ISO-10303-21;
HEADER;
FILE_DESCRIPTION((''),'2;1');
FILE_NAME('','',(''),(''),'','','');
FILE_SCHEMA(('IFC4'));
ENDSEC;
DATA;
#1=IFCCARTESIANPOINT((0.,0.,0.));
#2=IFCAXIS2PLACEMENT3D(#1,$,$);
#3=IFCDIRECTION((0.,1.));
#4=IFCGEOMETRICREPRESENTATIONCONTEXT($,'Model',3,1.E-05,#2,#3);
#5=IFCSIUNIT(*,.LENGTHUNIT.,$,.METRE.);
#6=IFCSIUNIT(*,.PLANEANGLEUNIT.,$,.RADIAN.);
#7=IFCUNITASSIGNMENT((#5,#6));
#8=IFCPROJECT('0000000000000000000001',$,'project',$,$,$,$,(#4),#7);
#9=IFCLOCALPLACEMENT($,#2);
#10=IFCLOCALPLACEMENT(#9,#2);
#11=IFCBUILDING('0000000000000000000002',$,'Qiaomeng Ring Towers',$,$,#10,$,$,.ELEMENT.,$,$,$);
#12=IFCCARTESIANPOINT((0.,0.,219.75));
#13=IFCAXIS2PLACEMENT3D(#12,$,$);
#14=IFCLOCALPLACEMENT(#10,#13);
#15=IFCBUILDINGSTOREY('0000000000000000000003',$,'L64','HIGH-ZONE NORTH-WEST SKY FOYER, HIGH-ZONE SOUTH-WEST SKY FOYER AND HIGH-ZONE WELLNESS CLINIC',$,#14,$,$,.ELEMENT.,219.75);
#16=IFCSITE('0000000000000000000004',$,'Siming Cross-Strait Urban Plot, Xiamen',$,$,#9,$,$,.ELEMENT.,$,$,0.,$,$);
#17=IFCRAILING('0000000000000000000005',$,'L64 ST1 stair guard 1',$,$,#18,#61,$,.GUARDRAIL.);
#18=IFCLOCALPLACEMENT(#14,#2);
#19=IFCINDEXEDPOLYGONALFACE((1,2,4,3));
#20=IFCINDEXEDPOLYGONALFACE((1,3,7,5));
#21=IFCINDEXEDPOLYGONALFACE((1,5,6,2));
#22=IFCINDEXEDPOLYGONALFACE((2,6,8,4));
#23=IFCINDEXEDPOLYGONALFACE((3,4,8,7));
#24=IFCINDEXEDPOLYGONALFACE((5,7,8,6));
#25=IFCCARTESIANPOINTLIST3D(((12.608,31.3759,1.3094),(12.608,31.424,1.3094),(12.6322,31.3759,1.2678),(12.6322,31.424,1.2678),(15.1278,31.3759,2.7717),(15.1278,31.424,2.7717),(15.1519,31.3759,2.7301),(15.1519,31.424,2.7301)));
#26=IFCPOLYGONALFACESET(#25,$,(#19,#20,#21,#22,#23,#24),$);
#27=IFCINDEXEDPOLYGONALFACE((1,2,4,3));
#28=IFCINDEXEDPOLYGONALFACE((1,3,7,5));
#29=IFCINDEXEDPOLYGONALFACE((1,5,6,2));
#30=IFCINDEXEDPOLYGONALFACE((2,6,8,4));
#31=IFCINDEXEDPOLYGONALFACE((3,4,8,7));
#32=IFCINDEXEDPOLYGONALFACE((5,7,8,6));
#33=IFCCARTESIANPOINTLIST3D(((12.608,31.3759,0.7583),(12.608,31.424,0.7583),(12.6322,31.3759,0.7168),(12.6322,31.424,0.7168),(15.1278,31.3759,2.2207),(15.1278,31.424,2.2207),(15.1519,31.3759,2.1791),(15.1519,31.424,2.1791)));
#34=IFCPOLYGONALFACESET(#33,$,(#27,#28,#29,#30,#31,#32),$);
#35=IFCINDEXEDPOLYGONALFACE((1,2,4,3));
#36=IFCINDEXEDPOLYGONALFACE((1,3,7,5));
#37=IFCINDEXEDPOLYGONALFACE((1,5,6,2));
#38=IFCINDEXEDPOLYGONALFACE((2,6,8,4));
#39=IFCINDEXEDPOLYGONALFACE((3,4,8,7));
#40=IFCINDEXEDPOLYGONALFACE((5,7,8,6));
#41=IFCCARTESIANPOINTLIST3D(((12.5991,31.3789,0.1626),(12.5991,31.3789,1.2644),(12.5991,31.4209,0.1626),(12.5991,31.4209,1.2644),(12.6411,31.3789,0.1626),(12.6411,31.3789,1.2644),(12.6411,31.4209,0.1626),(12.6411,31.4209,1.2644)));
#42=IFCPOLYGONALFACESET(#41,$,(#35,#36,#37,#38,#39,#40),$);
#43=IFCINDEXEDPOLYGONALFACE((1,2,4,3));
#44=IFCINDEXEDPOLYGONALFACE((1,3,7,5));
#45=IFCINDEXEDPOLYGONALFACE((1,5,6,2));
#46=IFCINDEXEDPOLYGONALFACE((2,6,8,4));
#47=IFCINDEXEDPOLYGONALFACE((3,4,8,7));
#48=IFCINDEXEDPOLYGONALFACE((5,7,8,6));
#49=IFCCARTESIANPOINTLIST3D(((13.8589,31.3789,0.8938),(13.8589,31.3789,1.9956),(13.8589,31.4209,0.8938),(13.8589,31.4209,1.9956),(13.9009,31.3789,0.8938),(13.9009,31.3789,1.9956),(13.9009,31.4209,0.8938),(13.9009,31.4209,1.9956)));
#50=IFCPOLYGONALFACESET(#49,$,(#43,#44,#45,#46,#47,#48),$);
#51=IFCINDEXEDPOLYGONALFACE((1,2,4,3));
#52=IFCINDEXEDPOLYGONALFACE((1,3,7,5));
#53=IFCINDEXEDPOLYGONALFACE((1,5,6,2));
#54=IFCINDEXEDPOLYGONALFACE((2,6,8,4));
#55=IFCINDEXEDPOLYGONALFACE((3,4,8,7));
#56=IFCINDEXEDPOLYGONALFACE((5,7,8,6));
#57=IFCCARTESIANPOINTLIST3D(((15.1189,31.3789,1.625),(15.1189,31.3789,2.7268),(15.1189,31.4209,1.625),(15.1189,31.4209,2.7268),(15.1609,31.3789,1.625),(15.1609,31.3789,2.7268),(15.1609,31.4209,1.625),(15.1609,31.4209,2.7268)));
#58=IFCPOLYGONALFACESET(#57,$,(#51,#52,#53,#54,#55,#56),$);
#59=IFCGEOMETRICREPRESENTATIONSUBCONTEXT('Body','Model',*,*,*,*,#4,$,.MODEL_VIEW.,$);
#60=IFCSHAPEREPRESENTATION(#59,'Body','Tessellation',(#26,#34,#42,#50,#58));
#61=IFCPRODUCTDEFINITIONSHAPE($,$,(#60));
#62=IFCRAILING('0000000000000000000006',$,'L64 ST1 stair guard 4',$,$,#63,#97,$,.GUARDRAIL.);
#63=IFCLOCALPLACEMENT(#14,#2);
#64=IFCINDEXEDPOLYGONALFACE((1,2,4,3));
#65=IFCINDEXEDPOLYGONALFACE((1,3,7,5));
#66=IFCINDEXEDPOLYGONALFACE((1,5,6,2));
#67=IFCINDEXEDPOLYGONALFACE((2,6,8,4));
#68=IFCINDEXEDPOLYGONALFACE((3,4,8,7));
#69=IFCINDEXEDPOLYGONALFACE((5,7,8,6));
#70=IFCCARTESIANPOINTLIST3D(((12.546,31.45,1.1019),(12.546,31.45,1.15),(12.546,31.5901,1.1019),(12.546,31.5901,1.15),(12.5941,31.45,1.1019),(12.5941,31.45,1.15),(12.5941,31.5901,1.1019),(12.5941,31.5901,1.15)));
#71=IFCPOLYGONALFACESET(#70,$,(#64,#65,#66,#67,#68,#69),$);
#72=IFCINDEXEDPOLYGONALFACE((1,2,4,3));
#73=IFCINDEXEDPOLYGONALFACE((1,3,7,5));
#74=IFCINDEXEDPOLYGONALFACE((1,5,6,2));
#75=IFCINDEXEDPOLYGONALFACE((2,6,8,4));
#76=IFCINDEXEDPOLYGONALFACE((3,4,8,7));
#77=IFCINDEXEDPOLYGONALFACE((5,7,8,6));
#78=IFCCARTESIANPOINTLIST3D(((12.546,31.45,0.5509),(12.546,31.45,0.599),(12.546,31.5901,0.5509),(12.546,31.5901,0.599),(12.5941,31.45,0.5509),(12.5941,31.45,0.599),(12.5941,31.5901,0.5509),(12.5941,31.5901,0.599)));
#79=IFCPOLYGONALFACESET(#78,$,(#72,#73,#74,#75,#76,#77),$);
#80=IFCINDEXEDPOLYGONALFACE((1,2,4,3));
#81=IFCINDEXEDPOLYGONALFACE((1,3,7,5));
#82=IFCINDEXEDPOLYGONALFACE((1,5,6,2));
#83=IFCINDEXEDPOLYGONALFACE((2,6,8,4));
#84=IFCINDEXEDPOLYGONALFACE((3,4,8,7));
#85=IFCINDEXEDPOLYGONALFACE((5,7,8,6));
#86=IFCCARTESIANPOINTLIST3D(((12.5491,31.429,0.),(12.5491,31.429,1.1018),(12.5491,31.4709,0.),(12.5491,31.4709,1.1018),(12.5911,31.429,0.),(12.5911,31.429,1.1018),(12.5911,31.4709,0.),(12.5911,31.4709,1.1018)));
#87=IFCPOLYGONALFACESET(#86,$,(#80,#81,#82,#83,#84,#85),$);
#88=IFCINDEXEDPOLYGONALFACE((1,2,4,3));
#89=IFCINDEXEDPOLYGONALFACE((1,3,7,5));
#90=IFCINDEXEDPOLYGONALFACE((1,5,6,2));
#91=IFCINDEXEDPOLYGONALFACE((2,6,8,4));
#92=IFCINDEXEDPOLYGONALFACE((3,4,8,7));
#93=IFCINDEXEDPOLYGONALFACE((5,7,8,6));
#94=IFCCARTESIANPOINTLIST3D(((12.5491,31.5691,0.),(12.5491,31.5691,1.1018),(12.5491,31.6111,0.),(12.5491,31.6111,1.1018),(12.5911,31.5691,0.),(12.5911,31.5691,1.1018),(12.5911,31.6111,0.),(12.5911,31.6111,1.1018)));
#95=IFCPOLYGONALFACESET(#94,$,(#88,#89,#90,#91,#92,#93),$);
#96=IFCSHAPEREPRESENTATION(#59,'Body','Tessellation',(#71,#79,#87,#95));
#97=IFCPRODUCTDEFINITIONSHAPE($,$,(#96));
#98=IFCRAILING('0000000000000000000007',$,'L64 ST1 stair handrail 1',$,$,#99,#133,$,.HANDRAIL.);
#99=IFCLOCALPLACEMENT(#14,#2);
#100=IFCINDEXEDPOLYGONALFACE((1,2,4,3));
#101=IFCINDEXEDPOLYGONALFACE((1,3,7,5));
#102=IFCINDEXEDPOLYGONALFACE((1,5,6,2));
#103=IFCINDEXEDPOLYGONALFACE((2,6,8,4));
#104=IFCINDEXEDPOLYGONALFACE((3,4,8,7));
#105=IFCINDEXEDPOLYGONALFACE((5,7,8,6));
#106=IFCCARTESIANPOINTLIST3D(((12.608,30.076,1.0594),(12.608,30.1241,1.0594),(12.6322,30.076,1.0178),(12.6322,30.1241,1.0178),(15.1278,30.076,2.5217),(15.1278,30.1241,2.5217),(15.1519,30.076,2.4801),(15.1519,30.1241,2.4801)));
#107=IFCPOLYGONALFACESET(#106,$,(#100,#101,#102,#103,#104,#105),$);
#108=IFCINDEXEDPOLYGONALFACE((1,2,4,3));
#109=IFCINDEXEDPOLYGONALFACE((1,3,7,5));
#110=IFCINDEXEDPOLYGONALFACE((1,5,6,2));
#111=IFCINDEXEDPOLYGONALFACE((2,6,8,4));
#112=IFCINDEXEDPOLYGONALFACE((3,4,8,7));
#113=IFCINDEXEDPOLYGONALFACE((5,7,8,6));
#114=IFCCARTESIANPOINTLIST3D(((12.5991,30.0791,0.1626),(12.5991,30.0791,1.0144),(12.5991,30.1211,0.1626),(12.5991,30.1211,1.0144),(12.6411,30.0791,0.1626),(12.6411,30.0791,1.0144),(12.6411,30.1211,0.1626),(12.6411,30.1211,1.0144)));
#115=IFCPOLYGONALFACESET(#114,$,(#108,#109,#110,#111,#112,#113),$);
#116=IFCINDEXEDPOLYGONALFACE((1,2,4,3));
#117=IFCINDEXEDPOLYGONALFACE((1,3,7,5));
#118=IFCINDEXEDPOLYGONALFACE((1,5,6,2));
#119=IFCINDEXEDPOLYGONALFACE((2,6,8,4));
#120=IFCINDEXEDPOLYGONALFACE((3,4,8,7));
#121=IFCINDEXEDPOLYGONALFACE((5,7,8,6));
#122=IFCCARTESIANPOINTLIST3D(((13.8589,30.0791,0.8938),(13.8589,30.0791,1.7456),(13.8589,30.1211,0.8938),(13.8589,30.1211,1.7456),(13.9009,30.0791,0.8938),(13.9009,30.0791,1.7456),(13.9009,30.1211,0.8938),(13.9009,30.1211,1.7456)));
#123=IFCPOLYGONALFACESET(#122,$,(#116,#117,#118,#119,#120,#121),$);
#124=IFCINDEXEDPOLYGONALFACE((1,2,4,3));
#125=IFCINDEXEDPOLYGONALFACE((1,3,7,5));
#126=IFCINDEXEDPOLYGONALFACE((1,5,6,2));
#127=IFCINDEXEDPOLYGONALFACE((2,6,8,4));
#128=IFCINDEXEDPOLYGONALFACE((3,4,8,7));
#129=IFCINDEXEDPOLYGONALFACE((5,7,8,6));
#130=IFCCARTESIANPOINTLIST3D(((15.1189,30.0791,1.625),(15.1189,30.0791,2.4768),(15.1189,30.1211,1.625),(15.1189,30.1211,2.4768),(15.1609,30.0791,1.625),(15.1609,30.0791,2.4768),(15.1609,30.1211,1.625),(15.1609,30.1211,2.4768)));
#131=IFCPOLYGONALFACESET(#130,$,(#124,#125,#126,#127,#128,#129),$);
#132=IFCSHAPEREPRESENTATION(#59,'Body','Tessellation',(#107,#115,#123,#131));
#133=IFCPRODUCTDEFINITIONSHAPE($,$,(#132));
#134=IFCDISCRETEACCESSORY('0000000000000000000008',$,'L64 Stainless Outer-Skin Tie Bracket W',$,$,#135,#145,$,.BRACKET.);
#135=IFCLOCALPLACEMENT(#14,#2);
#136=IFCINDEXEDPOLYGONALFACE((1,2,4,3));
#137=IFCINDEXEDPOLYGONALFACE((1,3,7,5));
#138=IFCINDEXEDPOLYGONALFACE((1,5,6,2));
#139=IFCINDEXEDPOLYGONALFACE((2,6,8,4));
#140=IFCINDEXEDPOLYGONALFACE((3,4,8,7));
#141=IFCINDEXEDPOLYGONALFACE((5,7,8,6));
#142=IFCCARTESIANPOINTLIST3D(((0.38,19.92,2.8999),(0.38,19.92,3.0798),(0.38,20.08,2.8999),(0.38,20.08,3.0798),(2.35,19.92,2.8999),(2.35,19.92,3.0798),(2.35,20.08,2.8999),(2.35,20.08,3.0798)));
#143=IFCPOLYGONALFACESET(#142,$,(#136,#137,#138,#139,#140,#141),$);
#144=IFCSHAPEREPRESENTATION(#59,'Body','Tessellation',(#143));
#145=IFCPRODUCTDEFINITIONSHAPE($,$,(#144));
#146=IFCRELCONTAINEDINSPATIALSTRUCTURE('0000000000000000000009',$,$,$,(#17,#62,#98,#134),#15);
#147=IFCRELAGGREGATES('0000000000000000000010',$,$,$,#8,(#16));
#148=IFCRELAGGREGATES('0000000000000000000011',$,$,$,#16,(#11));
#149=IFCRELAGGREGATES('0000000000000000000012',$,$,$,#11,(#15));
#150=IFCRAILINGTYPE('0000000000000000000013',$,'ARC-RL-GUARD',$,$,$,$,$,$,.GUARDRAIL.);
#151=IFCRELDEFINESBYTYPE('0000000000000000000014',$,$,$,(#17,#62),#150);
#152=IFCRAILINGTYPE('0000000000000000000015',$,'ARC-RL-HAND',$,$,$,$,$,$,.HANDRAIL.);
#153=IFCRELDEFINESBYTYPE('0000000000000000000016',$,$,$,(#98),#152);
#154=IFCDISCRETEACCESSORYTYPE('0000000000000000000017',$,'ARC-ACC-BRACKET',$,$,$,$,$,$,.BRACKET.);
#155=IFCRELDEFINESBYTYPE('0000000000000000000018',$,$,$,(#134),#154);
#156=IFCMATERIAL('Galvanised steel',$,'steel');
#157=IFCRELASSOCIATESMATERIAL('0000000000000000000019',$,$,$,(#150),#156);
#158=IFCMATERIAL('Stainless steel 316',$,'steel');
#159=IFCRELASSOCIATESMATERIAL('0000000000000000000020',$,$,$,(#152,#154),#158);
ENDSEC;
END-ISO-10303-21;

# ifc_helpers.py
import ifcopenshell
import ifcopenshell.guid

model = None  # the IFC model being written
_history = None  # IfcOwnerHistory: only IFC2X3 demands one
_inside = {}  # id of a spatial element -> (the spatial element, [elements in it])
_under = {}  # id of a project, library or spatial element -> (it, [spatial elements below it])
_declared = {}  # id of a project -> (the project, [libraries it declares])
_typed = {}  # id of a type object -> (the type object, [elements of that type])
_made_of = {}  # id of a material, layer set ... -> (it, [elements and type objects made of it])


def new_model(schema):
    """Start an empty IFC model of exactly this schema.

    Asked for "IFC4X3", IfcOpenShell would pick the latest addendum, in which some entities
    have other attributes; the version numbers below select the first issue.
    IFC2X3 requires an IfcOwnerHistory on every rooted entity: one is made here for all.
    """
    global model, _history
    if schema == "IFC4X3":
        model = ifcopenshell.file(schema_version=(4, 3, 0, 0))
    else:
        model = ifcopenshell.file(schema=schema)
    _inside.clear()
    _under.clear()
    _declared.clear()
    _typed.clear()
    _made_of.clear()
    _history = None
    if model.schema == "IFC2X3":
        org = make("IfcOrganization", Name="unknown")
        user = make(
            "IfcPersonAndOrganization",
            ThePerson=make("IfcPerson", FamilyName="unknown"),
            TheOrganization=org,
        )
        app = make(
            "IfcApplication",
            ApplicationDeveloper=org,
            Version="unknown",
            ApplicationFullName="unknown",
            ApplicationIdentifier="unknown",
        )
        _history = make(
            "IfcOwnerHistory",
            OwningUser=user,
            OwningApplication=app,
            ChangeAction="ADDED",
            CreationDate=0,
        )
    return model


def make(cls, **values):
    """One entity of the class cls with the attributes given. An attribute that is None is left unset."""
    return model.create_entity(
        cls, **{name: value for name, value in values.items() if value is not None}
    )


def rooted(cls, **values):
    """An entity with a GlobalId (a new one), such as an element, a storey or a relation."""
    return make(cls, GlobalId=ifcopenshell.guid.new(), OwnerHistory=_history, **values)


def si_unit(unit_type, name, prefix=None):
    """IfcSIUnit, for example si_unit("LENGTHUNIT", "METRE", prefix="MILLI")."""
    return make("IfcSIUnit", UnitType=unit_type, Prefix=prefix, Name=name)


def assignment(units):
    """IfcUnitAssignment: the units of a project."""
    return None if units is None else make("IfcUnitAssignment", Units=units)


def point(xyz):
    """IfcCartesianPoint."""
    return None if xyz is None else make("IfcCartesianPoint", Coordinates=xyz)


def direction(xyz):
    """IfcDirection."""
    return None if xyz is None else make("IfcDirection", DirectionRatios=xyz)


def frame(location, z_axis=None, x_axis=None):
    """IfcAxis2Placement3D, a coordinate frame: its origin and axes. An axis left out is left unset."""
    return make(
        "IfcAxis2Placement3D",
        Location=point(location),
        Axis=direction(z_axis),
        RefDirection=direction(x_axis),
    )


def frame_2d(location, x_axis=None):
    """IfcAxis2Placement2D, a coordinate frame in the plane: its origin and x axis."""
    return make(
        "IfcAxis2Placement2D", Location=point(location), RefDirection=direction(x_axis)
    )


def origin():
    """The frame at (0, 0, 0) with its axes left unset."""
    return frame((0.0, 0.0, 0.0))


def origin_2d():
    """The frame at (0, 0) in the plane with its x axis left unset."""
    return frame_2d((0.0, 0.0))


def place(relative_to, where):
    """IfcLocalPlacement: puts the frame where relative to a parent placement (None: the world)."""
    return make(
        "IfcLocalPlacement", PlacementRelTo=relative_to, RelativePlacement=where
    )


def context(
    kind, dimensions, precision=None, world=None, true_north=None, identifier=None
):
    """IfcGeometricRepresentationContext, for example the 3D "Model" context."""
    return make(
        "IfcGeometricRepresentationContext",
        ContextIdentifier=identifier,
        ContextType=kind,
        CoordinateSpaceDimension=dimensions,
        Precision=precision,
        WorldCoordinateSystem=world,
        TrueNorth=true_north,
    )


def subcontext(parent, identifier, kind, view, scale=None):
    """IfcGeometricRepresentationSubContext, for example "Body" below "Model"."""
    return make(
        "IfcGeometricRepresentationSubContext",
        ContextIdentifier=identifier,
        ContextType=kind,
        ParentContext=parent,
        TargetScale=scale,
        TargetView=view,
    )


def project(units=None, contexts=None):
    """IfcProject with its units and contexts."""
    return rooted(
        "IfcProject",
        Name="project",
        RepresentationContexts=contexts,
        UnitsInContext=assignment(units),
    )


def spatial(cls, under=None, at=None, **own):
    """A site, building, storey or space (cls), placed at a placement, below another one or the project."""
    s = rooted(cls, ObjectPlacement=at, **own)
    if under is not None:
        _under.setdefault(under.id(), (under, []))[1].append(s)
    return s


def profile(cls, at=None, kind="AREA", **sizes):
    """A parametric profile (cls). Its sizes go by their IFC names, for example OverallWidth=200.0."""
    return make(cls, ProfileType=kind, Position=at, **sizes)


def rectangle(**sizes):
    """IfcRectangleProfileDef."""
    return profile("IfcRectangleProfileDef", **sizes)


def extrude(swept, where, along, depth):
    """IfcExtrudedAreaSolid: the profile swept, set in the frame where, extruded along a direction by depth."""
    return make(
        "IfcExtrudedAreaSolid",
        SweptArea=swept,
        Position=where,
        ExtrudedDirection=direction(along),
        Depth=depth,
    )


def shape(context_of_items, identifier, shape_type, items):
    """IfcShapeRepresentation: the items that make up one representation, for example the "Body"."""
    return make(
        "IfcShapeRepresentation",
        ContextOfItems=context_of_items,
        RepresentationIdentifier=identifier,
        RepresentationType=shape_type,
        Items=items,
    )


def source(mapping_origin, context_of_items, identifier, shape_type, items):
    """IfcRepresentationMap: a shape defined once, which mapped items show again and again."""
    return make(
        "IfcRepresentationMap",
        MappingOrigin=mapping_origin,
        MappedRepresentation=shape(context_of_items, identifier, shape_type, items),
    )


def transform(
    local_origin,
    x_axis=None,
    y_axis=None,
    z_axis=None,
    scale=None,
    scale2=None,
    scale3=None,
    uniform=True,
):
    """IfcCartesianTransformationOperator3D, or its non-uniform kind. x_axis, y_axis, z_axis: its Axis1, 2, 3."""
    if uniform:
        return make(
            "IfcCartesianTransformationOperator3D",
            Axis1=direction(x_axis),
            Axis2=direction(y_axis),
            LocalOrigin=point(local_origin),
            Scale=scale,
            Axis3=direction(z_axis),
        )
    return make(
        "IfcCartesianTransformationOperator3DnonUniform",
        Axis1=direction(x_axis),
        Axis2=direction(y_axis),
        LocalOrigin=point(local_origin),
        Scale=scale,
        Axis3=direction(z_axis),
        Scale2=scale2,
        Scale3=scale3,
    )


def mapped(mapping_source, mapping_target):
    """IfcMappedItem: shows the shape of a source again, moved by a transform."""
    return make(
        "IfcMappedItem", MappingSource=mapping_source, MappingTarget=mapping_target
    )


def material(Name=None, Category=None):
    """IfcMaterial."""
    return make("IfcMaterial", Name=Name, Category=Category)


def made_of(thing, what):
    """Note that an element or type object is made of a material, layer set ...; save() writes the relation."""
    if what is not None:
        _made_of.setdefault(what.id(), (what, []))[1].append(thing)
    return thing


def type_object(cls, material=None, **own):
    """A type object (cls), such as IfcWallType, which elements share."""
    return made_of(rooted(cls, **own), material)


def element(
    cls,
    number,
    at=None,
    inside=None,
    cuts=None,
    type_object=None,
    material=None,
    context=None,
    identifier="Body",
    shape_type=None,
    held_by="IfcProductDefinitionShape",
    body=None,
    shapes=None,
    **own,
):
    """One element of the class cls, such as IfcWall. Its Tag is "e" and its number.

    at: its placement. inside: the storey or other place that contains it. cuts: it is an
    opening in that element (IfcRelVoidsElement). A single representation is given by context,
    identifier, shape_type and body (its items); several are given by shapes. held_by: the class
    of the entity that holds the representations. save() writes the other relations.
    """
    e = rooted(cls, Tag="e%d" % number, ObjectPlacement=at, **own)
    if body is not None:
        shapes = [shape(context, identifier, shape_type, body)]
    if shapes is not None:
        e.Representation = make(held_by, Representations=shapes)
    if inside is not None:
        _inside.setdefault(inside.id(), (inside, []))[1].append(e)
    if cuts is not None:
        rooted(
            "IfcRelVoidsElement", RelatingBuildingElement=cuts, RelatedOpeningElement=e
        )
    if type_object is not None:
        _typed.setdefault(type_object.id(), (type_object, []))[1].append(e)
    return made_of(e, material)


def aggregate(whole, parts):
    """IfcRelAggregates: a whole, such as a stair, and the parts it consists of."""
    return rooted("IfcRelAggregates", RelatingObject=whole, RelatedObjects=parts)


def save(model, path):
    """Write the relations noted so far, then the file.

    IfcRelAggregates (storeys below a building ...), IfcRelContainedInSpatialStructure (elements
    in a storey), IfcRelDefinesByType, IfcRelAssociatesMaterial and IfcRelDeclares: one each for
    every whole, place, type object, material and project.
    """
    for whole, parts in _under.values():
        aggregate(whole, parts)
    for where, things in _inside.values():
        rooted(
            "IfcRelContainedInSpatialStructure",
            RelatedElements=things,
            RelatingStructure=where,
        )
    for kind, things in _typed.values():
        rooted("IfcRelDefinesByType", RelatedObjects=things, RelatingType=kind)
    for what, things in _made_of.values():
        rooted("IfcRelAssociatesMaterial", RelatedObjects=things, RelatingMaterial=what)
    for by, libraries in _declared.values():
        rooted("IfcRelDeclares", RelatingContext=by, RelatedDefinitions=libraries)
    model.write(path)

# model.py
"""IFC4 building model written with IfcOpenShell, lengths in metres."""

from ifc_helpers import new_model, si_unit, direction, frame, origin, origin_2d, place, context, subcontext, project, spatial, rectangle, extrude, source, transform, mapped, material, type_object, element, save


model = new_model("IFC4")

# Units and contexts
model_context = context("Model", 3, precision=1e-05, world=origin(), true_north=direction((0.0, 1.0)))
body_context = subcontext(model_context, "Body", "Model", "MODEL_VIEW")
ifc_project = project(units=[si_unit("LENGTHUNIT", "METRE"), si_unit("PLANEANGLEUNIT", "RADIAN")], contexts=[model_context])

# Site, building, storey
site_placement = place(None, origin())
site = spatial("IfcSite", under=ifc_project, at=site_placement, Name="Siming Cross-Strait Urban Plot, Xiamen", CompositionType="ELEMENT", RefElevation=0.0)
building_placement = place(site_placement, origin())
building = spatial("IfcBuilding", under=site, at=building_placement, Name="Qiaomeng Ring Towers", CompositionType="ELEMENT")
storey_placement = place(building_placement, frame((0.0, 0.0, 219.75)))
storey = spatial("IfcBuildingStorey", under=building, at=storey_placement, Name="L64", Description="HIGH-ZONE NORTH-WEST SKY FOYER, HIGH-ZONE SOUTH-WEST SKY FOYER AND HIGH-ZONE WELLNESS CLINIC", CompositionType="ELEMENT", Elevation=219.75)

# Shared definitions
ifc_material_1 = material(Name="Stainless steel 316", Category="steel")

# Railings
ifc_material_2 = material(Name="Galvanised steel", Category="steel")
railing_type_1 = type_object("IfcRailingType", Name="ARC-RL-GUARD", PredefinedType="GUARDRAIL", material=ifc_material_2)
railing_1_placement = place(storey_placement, frame((12.6201, 31.3999, 0.1626)))
element("IfcRailing", 1, at=railing_1_placement, inside=storey, type_object=railing_type_1, Name="L64 ST1 stair guard 1", PredefinedType="GUARDRAIL", context=body_context, shape_type="SweptSolid", body=[
    extrude(rectangle(XDim=0.0481, YDim=0.0481, at=origin_2d()), frame((0.0, 0.0, 1.126), z_axis=(0.864892, 0.0, 0.501958), x_axis=(0.0, 1.0, 0.0)), (0.0, 0.0, 1.0), 2.9133),
    extrude(rectangle(XDim=0.0481, YDim=0.0481, at=origin_2d()), frame((0.0, 0.0, 0.575), z_axis=(0.864892, 0.0, 0.501958), x_axis=(0.0, 1.0, 0.0)), (0.0, 0.0, 1.0), 2.9133),
    extrude(rectangle(XDim=0.042, YDim=0.042, at=origin_2d()), origin(), (0.0, 0.0, 1.0), 1.1018),
    extrude(rectangle(XDim=0.042, YDim=0.042, at=origin_2d()), frame((1.2598, 0.0, 0.7312)), (0.0, 0.0, 1.0), 1.1018),
    extrude(rectangle(XDim=0.042, YDim=0.042, at=origin_2d()), frame((2.5198, 0.0, 1.4624)), (0.0, 0.0, 1.0), 1.1018),
])
railing_2_placement = place(storey_placement, frame((12.5701, 31.45, 0.0)))
element("IfcRailing", 2, at=railing_2_placement, inside=storey, type_object=railing_type_1, Name="L64 ST1 stair guard 4", PredefinedType="GUARDRAIL", context=body_context, shape_type="SweptSolid", body=[
    extrude(rectangle(XDim=0.0481, YDim=0.0481, at=origin_2d()), frame((0.0, 0.0, 1.126), z_axis=(0.0, 1.0, 0.0), x_axis=(-1.0, 0.0, 0.0)), (0.0, 0.0, 1.0), 0.1401),
    extrude(rectangle(XDim=0.0481, YDim=0.0481, at=origin_2d()), frame((0.0, 0.0, 0.575), z_axis=(0.0, 1.0, 0.0), x_axis=(-1.0, 0.0, 0.0)), (0.0, 0.0, 1.0), 0.1401),
    extrude(rectangle(XDim=0.042, YDim=0.042, at=origin_2d()), origin(), (0.0, 0.0, 1.0), 1.1018),
    extrude(rectangle(XDim=0.042, YDim=0.042, at=origin_2d()), frame((0.0, 0.1401, 0.0)), (0.0, 0.0, 1.0), 1.1018),
])
railing_type_2 = type_object("IfcRailingType", Name="ARC-RL-HAND", PredefinedType="HANDRAIL", material=ifc_material_1)
railing_3_placement = place(storey_placement, frame((12.6201, 30.1001, 0.1626)))
element("IfcRailing", 3, at=railing_3_placement, inside=storey, type_object=railing_type_2, Name="L64 ST1 stair handrail 1", PredefinedType="HANDRAIL", context=body_context, shape_type="SweptSolid", body=[
    extrude(rectangle(XDim=0.0481, YDim=0.0481, at=origin_2d()), frame((0.0, 0.0, 0.876), z_axis=(0.864892, 0.0, 0.501958), x_axis=(0.0, 1.0, 0.0)), (0.0, 0.0, 1.0), 2.9133),
    extrude(rectangle(XDim=0.042, YDim=0.042, at=origin_2d()), origin(), (0.0, 0.0, 1.0), 0.8518),
    extrude(rectangle(XDim=0.042, YDim=0.042, at=origin_2d()), frame((1.2598, 0.0, 0.7312)), (0.0, 0.0, 1.0), 0.8518),
    extrude(rectangle(XDim=0.042, YDim=0.042, at=origin_2d()), frame((2.5198, 0.0, 1.4624)), (0.0, 0.0, 1.0), 0.8518),
])

# Discrete accessory
discrete_accessory_type = type_object("IfcDiscreteAccessoryType", Name="ARC-ACC-BRACKET", PredefinedType="BRACKET", material=ifc_material_1)
shared_shape_1 = source(origin(), body_context, "Body", "SweptSolid", [
    extrude(rectangle(XDim=1.97, YDim=0.1599, at=origin_2d()), origin(), (0.0, 0.0, 1.0), 0.1799),
])
discrete_accessory_placement = place(storey_placement, frame((1.365, 20.0, 2.8999), z_axis=(0.0, 0.0, 1.0), x_axis=(1.0, 0.0, 0.0)))
element("IfcDiscreteAccessory", 4, at=discrete_accessory_placement, inside=storey, type_object=discrete_accessory_type, Name="L64 Stainless Outer-Skin Tie Bracket W", PredefinedType="BRACKET", context=body_context, shape_type="MappedRepresentation", body=[
    mapped(shared_shape_1, transform((0.0, 0.0, 0.0), x_axis=(1.0, 0.0, 0.0), y_axis=(0.0, 1.0, 0.0), z_axis=(0.0, 0.0, 1.0), scale=1.0)),
])

save(model, "model.ifc")
